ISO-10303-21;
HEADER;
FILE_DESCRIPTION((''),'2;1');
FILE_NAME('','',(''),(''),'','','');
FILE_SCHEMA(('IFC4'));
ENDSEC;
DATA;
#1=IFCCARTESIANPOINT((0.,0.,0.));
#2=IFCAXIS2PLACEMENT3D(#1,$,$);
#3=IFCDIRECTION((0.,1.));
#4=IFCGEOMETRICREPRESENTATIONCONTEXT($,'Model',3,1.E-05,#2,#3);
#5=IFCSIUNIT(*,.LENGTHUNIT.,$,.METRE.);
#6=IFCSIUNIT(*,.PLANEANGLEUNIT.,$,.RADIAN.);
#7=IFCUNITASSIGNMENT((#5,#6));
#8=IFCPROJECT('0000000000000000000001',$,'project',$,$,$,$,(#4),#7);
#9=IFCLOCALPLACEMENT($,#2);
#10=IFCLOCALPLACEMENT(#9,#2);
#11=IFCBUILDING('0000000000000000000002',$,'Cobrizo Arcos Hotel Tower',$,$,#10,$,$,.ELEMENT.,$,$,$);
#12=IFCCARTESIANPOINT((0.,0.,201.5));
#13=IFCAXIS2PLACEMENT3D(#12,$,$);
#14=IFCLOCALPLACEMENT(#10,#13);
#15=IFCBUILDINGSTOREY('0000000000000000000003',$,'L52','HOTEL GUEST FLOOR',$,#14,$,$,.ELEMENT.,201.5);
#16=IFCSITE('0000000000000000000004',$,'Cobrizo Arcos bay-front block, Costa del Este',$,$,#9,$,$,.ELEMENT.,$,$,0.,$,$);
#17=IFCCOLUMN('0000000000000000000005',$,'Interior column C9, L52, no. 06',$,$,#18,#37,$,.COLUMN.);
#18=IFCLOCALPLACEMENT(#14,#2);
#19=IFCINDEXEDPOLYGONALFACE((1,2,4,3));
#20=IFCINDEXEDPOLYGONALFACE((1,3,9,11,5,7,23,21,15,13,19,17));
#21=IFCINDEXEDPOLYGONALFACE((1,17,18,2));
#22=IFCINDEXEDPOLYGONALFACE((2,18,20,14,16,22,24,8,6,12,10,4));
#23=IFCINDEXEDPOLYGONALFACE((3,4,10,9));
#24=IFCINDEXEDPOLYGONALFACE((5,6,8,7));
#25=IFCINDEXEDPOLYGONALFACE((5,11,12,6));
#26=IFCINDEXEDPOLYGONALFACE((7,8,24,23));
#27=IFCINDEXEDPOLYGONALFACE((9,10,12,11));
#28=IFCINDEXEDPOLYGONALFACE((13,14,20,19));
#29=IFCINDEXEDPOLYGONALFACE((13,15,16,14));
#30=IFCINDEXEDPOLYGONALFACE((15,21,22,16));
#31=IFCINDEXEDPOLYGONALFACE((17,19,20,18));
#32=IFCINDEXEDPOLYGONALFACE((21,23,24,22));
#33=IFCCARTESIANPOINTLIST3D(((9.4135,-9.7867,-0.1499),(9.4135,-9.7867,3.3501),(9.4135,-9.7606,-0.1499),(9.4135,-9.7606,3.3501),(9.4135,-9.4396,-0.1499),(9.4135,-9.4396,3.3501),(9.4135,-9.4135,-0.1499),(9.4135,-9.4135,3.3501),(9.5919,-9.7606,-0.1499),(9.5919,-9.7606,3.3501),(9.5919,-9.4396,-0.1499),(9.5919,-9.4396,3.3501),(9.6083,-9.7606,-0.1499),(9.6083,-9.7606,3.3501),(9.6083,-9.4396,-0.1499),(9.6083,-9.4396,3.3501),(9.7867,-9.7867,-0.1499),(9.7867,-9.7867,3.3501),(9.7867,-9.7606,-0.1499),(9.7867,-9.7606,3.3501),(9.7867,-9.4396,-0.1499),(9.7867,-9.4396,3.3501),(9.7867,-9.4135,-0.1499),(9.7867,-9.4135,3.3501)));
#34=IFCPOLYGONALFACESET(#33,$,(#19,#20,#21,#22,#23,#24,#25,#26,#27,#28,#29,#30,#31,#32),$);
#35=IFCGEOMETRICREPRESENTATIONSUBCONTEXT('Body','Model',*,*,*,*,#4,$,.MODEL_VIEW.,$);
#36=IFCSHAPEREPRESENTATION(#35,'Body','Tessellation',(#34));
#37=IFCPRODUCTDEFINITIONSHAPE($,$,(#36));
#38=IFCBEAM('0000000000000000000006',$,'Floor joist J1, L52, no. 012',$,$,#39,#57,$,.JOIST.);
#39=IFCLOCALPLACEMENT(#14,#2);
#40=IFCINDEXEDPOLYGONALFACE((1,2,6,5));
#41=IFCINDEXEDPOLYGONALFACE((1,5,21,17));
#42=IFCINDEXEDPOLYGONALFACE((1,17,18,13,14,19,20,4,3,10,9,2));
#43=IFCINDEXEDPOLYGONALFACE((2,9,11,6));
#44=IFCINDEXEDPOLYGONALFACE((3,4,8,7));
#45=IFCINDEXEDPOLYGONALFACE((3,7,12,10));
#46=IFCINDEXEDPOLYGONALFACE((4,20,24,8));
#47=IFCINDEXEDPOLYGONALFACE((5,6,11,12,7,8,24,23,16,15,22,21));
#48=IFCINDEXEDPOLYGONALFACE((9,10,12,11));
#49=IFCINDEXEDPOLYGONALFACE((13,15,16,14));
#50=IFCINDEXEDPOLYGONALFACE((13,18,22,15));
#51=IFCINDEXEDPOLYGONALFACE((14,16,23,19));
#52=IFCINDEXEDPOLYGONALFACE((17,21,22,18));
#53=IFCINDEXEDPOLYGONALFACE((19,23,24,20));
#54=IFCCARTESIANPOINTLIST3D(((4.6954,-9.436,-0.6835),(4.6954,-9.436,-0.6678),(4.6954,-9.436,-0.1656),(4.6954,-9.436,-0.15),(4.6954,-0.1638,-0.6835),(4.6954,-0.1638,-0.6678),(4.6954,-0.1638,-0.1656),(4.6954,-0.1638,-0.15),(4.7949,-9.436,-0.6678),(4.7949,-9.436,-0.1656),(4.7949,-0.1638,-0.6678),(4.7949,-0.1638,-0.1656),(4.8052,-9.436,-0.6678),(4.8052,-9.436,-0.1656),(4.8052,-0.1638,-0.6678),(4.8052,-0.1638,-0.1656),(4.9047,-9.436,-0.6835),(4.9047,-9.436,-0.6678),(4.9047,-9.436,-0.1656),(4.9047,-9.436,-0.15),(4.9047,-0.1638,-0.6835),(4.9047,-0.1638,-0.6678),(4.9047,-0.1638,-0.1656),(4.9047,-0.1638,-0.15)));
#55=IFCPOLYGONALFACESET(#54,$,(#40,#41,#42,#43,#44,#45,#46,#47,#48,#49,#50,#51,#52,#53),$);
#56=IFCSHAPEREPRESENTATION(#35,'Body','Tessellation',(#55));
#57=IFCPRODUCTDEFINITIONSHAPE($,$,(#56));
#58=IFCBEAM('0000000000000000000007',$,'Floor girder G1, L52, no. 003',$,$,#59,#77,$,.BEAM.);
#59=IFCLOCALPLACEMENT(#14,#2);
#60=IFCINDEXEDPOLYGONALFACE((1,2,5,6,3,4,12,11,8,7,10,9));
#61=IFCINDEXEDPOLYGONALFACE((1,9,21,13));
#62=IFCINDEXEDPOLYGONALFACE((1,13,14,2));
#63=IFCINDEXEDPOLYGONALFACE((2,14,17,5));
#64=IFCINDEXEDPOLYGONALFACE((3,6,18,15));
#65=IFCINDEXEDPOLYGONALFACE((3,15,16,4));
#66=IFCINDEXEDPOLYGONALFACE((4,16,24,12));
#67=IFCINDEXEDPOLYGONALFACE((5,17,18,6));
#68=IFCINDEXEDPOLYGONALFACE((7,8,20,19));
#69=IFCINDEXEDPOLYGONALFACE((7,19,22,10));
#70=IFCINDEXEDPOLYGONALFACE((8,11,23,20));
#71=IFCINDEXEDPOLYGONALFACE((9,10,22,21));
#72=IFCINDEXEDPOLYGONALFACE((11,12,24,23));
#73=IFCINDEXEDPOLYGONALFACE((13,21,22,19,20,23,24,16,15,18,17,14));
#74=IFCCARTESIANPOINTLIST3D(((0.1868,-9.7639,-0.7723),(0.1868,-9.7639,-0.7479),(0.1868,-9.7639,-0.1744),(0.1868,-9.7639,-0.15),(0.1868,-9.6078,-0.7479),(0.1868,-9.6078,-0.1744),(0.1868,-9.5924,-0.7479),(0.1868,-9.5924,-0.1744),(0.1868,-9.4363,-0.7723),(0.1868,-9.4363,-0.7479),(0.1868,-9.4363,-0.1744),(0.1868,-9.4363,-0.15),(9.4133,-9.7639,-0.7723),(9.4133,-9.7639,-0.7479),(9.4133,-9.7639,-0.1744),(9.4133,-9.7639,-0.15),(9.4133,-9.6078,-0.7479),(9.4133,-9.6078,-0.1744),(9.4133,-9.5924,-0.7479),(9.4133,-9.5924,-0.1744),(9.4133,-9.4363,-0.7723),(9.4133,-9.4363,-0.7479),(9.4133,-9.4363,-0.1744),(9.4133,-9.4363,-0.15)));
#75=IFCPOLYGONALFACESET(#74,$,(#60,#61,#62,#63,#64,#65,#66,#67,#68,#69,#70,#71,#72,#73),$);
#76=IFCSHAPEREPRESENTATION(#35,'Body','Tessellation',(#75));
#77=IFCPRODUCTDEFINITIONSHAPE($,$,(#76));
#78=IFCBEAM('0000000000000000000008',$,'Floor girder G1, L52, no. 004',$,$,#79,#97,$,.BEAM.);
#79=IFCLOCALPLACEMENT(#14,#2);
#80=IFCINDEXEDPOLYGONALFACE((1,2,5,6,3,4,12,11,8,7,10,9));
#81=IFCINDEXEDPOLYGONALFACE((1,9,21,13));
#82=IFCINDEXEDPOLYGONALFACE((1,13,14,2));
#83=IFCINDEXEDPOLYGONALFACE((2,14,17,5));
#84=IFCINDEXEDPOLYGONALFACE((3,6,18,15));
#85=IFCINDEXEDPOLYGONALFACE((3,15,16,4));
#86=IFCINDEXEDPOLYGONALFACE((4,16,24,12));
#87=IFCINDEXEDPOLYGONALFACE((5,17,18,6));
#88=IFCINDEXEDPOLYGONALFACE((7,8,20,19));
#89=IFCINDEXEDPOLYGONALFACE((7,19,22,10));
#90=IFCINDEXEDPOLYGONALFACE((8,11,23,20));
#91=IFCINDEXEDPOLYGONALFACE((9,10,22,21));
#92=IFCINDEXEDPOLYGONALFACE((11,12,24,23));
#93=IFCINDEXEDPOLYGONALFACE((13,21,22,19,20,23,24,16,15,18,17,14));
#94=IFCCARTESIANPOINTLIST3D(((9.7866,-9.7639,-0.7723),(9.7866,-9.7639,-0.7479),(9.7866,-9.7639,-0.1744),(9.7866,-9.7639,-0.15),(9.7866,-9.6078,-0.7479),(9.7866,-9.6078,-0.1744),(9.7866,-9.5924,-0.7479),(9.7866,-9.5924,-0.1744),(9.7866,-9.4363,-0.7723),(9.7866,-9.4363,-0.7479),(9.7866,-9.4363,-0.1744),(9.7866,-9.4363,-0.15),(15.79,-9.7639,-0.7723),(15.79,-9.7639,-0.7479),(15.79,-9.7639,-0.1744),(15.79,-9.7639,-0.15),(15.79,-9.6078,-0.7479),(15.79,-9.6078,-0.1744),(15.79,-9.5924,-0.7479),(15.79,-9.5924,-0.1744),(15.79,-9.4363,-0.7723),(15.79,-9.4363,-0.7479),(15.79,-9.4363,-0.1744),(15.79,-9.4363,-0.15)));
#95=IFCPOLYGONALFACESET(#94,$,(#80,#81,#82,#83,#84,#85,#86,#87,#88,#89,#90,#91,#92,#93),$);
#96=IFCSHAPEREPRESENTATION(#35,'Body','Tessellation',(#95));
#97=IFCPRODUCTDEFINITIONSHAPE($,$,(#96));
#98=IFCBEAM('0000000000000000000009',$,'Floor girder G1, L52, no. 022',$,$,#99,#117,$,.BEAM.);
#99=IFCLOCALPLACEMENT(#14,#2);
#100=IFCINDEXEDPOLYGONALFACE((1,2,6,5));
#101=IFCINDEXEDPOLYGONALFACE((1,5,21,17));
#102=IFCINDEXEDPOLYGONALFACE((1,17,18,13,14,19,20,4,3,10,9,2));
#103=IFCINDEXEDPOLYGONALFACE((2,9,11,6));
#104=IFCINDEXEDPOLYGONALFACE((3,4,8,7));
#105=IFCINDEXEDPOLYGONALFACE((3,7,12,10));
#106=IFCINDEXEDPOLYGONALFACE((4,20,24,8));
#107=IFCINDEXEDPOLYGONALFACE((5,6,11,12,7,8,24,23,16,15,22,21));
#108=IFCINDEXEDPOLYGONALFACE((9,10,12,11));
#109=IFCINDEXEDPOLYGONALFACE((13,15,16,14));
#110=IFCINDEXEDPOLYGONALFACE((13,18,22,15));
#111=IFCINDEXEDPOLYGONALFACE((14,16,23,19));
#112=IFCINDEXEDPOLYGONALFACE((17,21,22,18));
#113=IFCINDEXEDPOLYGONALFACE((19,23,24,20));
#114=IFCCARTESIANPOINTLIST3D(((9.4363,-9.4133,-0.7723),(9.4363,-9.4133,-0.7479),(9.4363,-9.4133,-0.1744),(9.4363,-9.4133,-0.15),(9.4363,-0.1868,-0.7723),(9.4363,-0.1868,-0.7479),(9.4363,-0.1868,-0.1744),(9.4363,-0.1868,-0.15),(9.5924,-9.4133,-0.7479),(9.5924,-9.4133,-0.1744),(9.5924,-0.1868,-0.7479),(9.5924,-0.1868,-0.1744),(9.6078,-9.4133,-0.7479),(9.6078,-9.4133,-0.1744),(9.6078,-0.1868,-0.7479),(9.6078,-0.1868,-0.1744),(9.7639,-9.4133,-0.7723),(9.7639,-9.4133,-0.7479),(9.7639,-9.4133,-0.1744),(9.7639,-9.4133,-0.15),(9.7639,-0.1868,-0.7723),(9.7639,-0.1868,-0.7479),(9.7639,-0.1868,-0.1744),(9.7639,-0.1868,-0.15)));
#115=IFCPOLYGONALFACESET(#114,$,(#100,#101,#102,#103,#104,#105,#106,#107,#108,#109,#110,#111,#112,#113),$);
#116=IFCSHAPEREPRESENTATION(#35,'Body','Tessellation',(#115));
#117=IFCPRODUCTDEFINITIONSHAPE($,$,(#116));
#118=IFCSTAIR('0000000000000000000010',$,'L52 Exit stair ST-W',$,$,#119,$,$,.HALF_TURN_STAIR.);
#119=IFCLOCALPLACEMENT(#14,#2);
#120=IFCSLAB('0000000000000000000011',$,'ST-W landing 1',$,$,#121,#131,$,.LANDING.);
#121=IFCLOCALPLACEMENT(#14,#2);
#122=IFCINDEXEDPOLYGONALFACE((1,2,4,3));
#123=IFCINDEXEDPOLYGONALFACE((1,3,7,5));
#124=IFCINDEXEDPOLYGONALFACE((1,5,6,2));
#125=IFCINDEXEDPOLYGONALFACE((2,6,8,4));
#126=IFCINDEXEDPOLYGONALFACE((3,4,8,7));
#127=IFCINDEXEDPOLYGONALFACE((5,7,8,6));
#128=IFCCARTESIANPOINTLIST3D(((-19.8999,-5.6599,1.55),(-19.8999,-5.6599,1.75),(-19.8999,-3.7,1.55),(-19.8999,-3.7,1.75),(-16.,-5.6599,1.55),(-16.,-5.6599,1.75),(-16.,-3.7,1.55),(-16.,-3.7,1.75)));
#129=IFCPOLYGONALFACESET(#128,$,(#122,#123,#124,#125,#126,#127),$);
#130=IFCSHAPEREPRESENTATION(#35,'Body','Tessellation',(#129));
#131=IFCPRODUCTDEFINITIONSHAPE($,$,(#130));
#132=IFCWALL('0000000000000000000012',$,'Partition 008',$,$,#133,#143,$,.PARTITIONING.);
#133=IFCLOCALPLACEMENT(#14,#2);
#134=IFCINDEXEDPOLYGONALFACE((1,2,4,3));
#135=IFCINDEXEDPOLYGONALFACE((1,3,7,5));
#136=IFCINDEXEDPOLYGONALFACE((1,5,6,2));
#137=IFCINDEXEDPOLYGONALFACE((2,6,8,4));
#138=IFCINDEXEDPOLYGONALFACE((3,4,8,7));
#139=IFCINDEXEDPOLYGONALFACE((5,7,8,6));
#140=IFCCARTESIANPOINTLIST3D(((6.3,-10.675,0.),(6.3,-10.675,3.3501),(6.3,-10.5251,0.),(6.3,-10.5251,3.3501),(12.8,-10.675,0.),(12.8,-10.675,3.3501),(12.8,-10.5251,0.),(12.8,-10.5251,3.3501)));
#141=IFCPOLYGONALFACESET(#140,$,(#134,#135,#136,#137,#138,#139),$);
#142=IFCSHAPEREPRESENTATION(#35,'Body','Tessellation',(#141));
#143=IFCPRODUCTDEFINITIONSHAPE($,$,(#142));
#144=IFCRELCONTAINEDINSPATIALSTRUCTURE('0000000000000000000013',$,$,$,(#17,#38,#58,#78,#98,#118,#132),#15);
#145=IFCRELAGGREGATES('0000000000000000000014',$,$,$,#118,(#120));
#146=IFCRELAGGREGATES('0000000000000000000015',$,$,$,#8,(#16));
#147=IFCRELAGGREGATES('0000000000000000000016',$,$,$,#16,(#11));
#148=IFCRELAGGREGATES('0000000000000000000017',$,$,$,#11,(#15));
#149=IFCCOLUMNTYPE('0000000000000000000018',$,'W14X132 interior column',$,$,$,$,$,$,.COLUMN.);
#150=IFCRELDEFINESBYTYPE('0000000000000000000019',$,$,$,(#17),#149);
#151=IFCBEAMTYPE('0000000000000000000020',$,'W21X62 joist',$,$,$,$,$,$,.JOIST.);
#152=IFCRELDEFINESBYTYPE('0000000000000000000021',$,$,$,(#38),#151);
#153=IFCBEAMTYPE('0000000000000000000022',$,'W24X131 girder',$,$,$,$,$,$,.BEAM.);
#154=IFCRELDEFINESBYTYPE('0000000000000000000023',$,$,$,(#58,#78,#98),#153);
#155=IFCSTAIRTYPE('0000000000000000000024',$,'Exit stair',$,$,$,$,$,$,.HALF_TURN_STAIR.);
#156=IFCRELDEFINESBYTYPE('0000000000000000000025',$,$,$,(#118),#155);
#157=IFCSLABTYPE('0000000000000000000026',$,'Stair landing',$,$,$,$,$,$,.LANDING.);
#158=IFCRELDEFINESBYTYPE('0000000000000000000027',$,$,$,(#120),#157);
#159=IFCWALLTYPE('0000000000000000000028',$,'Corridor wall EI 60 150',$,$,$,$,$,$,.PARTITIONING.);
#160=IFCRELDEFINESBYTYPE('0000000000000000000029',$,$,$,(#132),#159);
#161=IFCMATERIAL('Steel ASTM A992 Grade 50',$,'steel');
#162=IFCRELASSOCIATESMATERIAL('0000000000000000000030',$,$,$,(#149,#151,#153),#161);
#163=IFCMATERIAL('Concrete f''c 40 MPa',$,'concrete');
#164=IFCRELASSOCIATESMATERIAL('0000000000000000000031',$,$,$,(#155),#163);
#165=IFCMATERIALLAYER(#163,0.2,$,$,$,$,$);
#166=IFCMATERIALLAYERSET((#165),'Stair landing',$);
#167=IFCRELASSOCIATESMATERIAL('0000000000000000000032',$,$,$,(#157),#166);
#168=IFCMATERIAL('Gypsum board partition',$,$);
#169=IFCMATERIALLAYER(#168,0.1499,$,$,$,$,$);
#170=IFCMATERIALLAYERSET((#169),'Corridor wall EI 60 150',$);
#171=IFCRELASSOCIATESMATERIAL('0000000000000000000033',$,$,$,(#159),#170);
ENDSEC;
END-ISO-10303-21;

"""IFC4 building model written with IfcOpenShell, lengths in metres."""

from ifc_helpers import new_model, si_unit, direction, frame, frame_2d, origin, origin_2d, place, context, subcontext, project, spatial, polyline, rectangle, i_section, outline, extrude, material, layer, layer_set, material_profile, profile_set, type_object, element, aggregate, save


model = new_model("IFC4")

# Units and contexts
model_context = context("Model", 3, precision=1e-05, world=origin(), true_north=direction((0.0, 1.0)))
body_context = subcontext(model_context, "Body", "Model", "MODEL_VIEW")
ifc_project = project(units=[si_unit("LENGTHUNIT", "METRE"), si_unit("PLANEANGLEUNIT", "RADIAN")], contexts=[model_context])

# Site, building, storey
site_placement = place(None, origin())
site = spatial("IfcSite", under=ifc_project, at=site_placement, Name="Cobrizo Arcos bay-front block, Costa del Este", CompositionType="ELEMENT", RefElevation=0.0)
building_placement = place(site_placement, origin())
building = spatial("IfcBuilding", under=site, at=building_placement, Name="Cobrizo Arcos Hotel Tower", CompositionType="ELEMENT")
storey_placement = place(building_placement, frame((0.0, 0.0, 201.5)))
storey = spatial("IfcBuildingStorey", under=building, at=storey_placement, Name="L52", Description="HOTEL GUEST FLOOR", CompositionType="ELEMENT", Elevation=201.5)

# Column
ifc_material_1 = material(Name="Steel ASTM A992 Grade 50", Category="steel")
ifc_material_profile_1 = material_profile(ifc_material_1, i_section(OverallWidth=0.3733, OverallDepth=0.3733, WebThickness=0.0164, FlangeThickness=0.0261, at=origin_2d()), Name="W14X132")
ifc_profile_set_1 = profile_set([ifc_material_profile_1], Name="Steel ASTM A992 Grade 50")
column_type = type_object("IfcColumnType", Name="W14X132 interior column", PredefinedType="COLUMN", material=ifc_profile_set_1)
column_placement = place(storey_placement, frame((9.6001, -9.6001, -0.1499), z_axis=(0.0, 0.0, 1.0), x_axis=(1.0, 0.0, 0.0)))
element("IfcColumn", 1, at=column_placement, inside=storey, type_object=column_type, Name="Interior column C9, L52, no. 06", PredefinedType="COLUMN", context=body_context, shape_type="SweptSolid", body=[
    extrude(i_section(OverallWidth=0.3733, OverallDepth=0.3733, WebThickness=0.0164, FlangeThickness=0.0261, at=origin_2d()), origin(), (0.0, 0.0, 1.0), 3.5),
])

# Beams
ifc_material_profile_2 = material_profile(ifc_material_1, i_section(OverallWidth=0.2092, OverallDepth=0.5334, WebThickness=0.0103, FlangeThickness=0.0156, at=origin_2d()), Name="W21X62")
ifc_profile_set_2 = profile_set([ifc_material_profile_2], Name="Steel ASTM A992 Grade 50")
beam_type_1 = type_object("IfcBeamType", Name="W21X62 joist", PredefinedType="JOIST", material=ifc_profile_set_2)
beam_1_placement = place(storey_placement, frame((4.8, -9.436, -0.4167), z_axis=(0.0, 1.0, 0.0), x_axis=(-1.0, 0.0, 0.0)))
element("IfcBeam", 2, at=beam_1_placement, inside=storey, type_object=beam_type_1, Name="Floor joist J1, L52, no. 012", PredefinedType="JOIST", context=body_context, shape_type="SweptSolid", body=[
    extrude(i_section(OverallWidth=0.2092, OverallDepth=0.5334, WebThickness=0.0103, FlangeThickness=0.0156, at=origin_2d()), origin(), (0.0, 0.0, 1.0), 9.2722),
])
ifc_material_profile_3 = material_profile(ifc_material_1, i_section(OverallWidth=0.3276, OverallDepth=0.6223, WebThickness=0.0154, FlangeThickness=0.0244, at=origin_2d()), Name="W24X131")
ifc_profile_set_3 = profile_set([ifc_material_profile_3], Name="Steel ASTM A992 Grade 50")
beam_type_2 = type_object("IfcBeamType", Name="W24X131 girder", PredefinedType="BEAM", material=ifc_profile_set_3)
beam_2_placement = place(storey_placement, frame((0.1868, -9.6001, -0.4612), z_axis=(1.0, 0.0, 0.0), x_axis=(0.0, 1.0, 0.0)))
element("IfcBeam", 3, at=beam_2_placement, inside=storey, type_object=beam_type_2, Name="Floor girder G1, L52, no. 003", PredefinedType="BEAM", context=body_context, shape_type="SweptSolid", body=[
    extrude(i_section(OverallWidth=0.3276, OverallDepth=0.6223, WebThickness=0.0154, FlangeThickness=0.0244, at=origin_2d()), origin(), (0.0, 0.0, 1.0), 9.2266),
])
beam_3_placement = place(storey_placement, frame((9.7866, -9.6001, -0.4612), z_axis=(1.0, 0.0, 0.0), x_axis=(0.0, 1.0, 0.0)))
element("IfcBeam", 4, at=beam_3_placement, inside=storey, type_object=beam_type_2, Name="Floor girder G1, L52, no. 004", PredefinedType="BEAM", context=body_context, shape_type="SweptSolid", body=[
    extrude(i_section(OverallWidth=0.3276, OverallDepth=0.6223, WebThickness=0.0154, FlangeThickness=0.0244, at=origin_2d()), origin(), (0.0, 0.0, 1.0), 6.0034),
])
beam_4_placement = place(storey_placement, frame((9.6001, -9.4133, -0.4612), z_axis=(0.0, 1.0, 0.0), x_axis=(-1.0, 0.0, 0.0)))
element("IfcBeam", 5, at=beam_4_placement, inside=storey, type_object=beam_type_2, Name="Floor girder G1, L52, no. 022", PredefinedType="BEAM", context=body_context, shape_type="SweptSolid", body=[
    extrude(i_section(OverallWidth=0.3276, OverallDepth=0.6223, WebThickness=0.0154, FlangeThickness=0.0244, at=origin_2d()), origin(), (0.0, 0.0, 1.0), 9.2266),
])

# Stair, slab
ifc_material_2 = material(Name="Concrete f'c 40 MPa", Category="concrete")
stair_type = type_object("IfcStairType", Name="Exit stair", PredefinedType="HALF_TURN_STAIR", material=ifc_material_2)
stair_placement = place(storey_placement, origin())
stair = element("IfcStair", 6, at=stair_placement, inside=storey, type_object=stair_type, Name="L52 Exit stair ST-W", PredefinedType="HALF_TURN_STAIR")
ifc_layer_1 = layer(ifc_material_2, 0.2)
ifc_layer_set_1 = layer_set([ifc_layer_1], Name="Stair landing")
slab_type = type_object("IfcSlabType", Name="Stair landing", PredefinedType="LANDING", material=ifc_layer_set_1)
slab_placement = place(storey_placement, frame((0.0, 0.0, 1.55)))
slab = element("IfcSlab", 7, at=slab_placement, type_object=slab_type, Name="ST-W landing 1", PredefinedType="LANDING", context=body_context, shape_type="SweptSolid", body=[
    extrude(outline(polyline([(-16.0, -5.6599), (-16.0, -3.7), (-19.8999, -3.7), (-19.8999, -5.6599), (-16.0, -5.6599)])), origin(), (0.0, 0.0, 1.0), 0.2),
])
aggregate(stair, [slab])

# Wall
ifc_material_3 = material(Name="Gypsum board partition")
ifc_layer_2 = layer(ifc_material_3, 0.1499)
ifc_layer_set_2 = layer_set([ifc_layer_2], Name="Corridor wall EI 60 150")
wall_type_1 = type_object("IfcWallType", Name="Corridor wall EI 60 150", PredefinedType="PARTITIONING", material=ifc_layer_set_2)
wall_1_placement = place(storey_placement, frame((6.3, -10.6001, 0.0), z_axis=(0.0, 0.0, 1.0), x_axis=(1.0, 0.0, 0.0)))
element("IfcWall", 8, at=wall_1_placement, inside=storey, type_object=wall_type_1, Name="Partition 008", PredefinedType="PARTITIONING", context=body_context, shape_type="SweptSolid", body=[
    extrude(rectangle(XDim=6.5, YDim=0.1499, at=frame_2d((3.25, 0.0))), origin(), (0.0, 0.0, 1.0), 3.3501),
])

save(model, "model.ifc")
